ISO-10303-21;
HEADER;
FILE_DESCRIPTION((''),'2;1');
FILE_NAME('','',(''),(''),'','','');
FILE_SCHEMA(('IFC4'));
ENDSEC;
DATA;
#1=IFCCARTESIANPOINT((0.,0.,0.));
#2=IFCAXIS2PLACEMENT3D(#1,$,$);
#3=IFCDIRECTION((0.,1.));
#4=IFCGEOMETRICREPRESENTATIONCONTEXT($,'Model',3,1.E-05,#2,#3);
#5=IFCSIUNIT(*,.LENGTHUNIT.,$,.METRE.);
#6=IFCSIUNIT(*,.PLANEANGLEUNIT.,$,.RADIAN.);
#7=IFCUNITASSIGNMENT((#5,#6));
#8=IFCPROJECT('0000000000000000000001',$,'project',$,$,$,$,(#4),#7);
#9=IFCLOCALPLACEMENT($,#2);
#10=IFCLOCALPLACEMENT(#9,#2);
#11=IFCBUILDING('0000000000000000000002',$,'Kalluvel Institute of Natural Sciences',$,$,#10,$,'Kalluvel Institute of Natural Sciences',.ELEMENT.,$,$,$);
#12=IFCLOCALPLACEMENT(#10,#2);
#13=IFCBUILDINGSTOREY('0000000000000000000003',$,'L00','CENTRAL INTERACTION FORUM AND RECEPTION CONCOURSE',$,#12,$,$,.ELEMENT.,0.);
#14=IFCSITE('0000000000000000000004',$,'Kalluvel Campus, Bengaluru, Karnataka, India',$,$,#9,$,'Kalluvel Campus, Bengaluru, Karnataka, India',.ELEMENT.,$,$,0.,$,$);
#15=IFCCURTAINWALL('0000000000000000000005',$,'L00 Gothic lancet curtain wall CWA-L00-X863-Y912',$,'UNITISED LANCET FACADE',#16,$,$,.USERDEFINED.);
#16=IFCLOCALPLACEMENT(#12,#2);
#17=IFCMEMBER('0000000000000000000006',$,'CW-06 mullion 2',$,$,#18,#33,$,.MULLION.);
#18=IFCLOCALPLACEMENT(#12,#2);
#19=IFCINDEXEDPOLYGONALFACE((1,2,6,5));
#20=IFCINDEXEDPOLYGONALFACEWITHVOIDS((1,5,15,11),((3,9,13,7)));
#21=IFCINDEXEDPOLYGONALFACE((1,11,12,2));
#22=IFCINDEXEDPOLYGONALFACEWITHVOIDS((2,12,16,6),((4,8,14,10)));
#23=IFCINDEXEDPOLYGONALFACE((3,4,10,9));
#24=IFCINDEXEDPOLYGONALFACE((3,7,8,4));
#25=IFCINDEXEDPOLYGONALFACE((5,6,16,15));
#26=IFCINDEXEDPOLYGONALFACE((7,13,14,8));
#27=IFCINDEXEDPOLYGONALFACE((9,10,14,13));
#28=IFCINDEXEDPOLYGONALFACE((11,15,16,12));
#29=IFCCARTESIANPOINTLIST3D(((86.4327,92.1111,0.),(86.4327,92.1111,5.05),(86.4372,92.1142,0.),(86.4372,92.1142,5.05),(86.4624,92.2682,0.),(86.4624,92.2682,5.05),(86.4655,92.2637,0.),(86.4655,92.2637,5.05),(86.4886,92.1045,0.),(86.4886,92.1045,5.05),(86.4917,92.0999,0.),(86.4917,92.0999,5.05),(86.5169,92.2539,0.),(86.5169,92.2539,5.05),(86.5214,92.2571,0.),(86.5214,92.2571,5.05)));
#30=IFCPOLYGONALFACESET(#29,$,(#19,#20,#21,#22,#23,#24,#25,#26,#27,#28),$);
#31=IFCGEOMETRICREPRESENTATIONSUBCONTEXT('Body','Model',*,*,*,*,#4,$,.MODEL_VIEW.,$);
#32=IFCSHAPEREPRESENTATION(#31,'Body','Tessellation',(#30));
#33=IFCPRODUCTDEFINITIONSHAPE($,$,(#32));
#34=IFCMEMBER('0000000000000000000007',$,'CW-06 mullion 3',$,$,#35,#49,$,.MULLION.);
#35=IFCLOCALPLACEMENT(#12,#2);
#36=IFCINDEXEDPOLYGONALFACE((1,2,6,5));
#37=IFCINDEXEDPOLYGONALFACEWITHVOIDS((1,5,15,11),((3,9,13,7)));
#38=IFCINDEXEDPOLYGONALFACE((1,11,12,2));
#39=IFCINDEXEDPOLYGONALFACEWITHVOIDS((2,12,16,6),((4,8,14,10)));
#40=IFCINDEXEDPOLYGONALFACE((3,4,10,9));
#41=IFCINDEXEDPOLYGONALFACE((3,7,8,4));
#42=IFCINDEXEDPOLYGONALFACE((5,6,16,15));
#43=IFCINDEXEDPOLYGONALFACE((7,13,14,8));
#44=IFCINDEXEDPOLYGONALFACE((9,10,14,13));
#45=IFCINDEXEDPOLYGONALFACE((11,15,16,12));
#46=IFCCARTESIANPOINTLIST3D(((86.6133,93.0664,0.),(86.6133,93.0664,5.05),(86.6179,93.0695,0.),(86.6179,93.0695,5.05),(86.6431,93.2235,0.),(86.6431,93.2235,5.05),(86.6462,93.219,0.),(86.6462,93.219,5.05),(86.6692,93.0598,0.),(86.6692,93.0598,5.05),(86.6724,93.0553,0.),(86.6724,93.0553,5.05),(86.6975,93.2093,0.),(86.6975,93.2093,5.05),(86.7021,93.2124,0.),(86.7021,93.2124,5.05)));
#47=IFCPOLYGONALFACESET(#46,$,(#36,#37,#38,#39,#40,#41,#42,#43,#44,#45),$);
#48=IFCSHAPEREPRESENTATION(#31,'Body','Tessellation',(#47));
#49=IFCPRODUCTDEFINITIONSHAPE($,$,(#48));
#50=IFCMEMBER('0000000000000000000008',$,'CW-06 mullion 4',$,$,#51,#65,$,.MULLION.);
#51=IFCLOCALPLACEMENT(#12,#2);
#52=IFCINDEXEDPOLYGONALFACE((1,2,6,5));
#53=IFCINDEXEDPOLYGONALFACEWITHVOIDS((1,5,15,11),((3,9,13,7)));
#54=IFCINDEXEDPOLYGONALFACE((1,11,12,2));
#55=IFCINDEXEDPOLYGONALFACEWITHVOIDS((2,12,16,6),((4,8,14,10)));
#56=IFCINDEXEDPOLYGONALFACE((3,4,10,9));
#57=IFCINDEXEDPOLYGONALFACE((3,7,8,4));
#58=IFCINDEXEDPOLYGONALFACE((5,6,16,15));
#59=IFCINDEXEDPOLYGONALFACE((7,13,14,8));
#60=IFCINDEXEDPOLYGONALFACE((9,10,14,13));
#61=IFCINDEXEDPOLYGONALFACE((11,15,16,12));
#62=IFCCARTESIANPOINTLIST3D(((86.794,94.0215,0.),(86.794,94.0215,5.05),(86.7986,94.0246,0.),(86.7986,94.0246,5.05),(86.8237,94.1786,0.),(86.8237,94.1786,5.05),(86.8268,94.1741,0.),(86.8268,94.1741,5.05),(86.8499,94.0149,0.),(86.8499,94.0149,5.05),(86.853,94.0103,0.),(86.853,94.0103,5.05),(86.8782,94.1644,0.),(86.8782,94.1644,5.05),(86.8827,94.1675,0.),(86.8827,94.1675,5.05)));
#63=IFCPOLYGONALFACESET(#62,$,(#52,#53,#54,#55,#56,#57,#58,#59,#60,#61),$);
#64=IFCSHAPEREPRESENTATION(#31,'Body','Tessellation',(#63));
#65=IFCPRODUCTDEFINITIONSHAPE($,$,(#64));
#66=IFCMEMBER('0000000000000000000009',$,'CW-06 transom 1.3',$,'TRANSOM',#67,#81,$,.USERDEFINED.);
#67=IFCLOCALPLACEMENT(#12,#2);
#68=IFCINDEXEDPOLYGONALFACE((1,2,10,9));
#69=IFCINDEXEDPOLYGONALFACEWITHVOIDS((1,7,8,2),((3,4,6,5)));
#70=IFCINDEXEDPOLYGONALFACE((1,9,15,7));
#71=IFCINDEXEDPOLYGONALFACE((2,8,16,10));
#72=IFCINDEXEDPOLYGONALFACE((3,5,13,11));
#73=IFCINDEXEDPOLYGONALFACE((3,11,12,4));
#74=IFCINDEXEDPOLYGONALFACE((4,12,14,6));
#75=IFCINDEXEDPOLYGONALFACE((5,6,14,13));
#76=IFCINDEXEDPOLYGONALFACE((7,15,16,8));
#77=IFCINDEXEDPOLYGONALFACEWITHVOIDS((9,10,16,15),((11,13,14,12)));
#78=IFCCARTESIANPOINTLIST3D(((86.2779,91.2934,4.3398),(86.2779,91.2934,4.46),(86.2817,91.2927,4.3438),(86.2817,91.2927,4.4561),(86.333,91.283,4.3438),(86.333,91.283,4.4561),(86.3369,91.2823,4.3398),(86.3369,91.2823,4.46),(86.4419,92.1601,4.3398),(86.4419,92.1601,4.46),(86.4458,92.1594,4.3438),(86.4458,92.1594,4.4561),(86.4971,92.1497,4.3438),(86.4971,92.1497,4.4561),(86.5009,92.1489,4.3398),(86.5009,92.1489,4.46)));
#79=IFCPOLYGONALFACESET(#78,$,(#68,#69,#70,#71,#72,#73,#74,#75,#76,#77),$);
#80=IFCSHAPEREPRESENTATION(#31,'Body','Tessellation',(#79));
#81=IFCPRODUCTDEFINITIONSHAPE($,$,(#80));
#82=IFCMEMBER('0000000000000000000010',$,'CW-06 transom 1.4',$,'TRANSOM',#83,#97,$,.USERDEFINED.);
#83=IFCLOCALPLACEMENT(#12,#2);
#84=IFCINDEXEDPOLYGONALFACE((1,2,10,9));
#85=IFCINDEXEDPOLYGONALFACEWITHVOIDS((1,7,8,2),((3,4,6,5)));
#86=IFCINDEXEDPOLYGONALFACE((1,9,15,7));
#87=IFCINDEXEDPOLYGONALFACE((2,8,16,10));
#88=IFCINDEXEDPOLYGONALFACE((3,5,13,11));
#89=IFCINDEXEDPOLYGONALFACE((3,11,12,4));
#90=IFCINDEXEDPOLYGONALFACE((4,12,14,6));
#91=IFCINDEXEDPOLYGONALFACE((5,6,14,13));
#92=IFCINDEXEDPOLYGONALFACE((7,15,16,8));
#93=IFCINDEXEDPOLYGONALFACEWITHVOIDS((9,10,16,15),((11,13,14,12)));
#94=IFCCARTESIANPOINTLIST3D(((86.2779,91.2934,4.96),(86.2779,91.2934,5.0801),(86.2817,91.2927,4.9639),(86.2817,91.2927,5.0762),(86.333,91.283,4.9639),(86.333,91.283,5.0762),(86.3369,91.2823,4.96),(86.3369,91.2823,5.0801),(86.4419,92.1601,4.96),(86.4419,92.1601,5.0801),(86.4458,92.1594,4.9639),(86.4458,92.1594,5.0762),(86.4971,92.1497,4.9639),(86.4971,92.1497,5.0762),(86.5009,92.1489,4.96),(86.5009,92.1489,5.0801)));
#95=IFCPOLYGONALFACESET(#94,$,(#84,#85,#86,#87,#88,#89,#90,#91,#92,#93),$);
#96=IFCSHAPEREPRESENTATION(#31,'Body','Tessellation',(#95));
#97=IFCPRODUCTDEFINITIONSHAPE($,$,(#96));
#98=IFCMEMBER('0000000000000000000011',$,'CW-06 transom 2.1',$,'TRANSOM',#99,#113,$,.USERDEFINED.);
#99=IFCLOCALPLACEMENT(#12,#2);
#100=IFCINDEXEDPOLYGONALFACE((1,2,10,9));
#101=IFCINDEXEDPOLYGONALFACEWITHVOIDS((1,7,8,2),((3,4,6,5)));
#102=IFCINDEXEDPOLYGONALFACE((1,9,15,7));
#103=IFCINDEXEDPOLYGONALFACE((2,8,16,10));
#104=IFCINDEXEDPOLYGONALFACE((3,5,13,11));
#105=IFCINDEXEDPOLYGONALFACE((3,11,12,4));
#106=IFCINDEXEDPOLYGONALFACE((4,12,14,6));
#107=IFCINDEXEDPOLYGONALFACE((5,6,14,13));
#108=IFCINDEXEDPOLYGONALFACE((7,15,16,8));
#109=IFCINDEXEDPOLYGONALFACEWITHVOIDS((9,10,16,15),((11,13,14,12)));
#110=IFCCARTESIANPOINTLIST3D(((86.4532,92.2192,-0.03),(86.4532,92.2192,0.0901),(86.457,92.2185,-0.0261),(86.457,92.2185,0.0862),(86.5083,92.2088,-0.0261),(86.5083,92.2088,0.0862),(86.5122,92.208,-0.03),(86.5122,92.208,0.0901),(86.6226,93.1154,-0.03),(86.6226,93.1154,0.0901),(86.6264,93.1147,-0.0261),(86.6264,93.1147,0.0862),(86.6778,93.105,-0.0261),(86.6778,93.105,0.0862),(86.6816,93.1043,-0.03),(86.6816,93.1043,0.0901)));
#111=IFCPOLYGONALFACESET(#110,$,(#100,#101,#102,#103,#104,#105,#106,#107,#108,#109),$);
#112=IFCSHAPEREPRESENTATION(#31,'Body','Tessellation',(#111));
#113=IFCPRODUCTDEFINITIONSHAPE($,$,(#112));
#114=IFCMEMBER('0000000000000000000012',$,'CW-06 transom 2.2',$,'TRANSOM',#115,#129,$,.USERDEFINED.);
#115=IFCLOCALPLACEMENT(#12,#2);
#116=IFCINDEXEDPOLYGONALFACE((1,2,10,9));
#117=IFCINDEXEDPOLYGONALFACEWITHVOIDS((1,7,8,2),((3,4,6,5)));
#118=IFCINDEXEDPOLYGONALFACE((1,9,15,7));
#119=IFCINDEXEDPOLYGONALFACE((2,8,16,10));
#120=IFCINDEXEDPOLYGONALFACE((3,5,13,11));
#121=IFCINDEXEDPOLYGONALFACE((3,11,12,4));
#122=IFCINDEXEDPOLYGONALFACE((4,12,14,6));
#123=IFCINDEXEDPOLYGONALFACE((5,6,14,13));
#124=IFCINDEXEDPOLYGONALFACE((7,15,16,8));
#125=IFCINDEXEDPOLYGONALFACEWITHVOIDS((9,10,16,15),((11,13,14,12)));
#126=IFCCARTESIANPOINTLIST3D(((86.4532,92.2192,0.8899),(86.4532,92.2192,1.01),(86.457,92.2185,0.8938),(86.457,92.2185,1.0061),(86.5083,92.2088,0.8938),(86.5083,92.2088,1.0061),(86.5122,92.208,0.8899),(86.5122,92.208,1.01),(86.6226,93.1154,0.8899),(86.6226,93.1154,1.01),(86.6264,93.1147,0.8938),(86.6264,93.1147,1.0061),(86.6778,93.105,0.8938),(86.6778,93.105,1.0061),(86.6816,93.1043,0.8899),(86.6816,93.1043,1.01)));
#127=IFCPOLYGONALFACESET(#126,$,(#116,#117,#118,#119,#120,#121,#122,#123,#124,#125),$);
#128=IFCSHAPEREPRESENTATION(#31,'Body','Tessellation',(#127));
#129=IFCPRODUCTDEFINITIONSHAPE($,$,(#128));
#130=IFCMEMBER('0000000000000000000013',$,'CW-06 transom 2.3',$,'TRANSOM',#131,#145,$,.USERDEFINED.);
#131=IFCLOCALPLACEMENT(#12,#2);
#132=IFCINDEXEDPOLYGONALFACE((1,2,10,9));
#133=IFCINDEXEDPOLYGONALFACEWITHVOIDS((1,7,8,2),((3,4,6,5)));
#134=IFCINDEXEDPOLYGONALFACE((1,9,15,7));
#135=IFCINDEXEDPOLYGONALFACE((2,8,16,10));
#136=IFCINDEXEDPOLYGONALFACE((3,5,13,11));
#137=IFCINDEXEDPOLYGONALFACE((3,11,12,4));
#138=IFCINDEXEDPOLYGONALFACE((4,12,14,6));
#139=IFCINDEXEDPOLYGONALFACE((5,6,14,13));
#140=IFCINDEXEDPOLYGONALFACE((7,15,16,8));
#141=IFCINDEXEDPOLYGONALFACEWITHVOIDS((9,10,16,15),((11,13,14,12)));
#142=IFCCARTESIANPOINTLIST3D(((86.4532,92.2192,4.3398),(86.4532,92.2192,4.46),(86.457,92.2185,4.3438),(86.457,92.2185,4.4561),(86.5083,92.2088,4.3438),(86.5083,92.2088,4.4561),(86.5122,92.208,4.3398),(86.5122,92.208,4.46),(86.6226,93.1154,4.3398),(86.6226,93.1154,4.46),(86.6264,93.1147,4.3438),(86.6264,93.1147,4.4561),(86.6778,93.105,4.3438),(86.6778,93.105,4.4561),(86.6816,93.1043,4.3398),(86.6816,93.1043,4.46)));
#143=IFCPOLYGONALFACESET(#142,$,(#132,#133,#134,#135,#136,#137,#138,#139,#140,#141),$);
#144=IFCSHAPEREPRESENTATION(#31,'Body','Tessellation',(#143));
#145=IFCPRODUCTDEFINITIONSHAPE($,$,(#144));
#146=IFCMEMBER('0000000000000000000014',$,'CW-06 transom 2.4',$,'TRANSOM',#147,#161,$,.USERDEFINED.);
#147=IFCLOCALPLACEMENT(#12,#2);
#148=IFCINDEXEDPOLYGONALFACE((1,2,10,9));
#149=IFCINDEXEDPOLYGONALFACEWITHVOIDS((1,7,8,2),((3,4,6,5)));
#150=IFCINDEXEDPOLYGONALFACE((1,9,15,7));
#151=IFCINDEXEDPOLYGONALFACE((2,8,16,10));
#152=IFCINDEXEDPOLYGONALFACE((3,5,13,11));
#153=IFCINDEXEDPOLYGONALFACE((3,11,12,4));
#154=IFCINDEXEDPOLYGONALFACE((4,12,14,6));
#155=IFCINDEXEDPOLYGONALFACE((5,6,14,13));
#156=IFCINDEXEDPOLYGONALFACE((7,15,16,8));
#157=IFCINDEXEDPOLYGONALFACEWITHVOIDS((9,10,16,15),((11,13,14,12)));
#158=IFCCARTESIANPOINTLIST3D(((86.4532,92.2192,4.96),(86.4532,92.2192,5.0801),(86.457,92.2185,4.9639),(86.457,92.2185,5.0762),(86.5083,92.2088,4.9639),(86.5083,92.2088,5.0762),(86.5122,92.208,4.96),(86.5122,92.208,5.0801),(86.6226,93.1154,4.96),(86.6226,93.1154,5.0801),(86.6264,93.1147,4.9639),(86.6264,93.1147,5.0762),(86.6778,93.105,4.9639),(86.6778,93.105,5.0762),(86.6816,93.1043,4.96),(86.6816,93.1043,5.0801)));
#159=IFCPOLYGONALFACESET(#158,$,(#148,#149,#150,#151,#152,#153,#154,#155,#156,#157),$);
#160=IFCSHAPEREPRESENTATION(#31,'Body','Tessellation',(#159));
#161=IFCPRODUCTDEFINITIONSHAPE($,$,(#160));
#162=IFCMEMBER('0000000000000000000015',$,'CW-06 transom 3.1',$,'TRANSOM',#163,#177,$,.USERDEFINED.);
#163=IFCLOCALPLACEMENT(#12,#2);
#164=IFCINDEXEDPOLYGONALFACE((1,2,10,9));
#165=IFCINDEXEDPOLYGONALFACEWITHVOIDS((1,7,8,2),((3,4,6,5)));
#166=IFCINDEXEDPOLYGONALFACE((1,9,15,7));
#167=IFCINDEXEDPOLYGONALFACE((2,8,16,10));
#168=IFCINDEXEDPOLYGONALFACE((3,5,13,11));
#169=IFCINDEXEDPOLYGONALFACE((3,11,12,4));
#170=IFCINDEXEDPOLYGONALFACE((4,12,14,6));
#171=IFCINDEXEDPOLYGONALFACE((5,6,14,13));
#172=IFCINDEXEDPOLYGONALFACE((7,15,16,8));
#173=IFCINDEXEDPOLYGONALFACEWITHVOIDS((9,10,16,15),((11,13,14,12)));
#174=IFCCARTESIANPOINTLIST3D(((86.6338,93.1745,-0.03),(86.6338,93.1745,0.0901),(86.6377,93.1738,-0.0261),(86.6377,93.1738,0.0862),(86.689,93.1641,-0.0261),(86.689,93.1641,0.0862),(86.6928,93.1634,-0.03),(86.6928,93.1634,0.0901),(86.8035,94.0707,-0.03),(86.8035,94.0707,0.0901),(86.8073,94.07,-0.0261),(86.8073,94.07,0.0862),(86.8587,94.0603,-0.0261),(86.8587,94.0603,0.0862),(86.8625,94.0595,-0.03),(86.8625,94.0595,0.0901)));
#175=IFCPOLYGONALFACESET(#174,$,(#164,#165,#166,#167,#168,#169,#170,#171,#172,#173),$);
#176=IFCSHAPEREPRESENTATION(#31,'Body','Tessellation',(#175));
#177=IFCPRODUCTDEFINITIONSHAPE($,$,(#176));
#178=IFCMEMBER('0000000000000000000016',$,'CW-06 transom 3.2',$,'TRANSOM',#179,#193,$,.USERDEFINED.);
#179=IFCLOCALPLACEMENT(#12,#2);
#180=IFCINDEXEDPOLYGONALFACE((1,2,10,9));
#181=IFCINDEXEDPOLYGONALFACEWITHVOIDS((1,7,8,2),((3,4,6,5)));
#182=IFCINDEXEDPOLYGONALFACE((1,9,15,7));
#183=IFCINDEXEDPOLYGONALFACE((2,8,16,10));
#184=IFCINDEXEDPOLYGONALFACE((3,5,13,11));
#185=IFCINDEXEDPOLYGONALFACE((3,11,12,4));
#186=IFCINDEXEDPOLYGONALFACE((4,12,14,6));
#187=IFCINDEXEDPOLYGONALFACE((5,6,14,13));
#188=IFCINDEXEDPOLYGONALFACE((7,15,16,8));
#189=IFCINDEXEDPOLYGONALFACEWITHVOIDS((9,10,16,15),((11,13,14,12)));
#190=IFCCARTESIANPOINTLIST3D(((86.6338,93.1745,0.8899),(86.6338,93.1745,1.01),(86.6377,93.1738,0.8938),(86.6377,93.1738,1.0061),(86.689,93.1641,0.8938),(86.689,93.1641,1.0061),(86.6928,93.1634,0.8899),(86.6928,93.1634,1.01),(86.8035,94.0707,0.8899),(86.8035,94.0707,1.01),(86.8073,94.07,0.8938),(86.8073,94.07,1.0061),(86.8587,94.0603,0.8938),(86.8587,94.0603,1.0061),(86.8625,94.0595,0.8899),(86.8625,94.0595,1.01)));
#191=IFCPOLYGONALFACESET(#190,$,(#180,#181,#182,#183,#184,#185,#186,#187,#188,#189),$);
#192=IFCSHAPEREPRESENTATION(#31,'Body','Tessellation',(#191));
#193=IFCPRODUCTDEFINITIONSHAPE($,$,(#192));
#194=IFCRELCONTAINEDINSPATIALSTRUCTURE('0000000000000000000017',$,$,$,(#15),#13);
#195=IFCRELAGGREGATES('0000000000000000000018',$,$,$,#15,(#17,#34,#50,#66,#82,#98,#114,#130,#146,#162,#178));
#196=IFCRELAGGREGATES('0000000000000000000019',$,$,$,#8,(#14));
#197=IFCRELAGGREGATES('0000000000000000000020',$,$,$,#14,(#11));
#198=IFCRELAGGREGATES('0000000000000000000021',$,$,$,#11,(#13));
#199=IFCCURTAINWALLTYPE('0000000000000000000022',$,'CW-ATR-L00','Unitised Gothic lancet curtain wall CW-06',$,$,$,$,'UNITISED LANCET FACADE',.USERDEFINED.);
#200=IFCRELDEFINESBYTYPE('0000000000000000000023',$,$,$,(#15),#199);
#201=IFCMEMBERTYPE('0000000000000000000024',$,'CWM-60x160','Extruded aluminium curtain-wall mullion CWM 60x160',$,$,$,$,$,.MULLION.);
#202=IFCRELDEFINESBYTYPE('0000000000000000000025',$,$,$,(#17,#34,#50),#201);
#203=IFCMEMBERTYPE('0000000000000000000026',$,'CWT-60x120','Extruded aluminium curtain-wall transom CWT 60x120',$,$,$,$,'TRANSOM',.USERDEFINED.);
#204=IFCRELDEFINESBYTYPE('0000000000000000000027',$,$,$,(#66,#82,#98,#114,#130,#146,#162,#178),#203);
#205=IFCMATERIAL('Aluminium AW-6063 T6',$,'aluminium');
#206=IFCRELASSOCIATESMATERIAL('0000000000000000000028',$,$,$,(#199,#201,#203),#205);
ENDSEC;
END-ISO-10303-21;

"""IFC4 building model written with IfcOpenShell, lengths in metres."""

from ifc_helpers import new_model, si_unit, direction, frame, origin, origin_2d, place, context, subcontext, project, spatial, hollow_rectangle, extrude, material, material_profile, profile_set, type_object, element, aggregate, save


model = new_model("IFC4")

# Units and contexts
model_context = context("Model", 3, precision=1e-05, world=origin(), true_north=direction((0.0, 1.0)))
body_context = subcontext(model_context, "Body", "Model", "MODEL_VIEW")
ifc_project = project(units=[si_unit("LENGTHUNIT", "METRE"), si_unit("PLANEANGLEUNIT", "RADIAN")], contexts=[model_context])

# Site, building, storey
site_placement = place(None, origin())
site = spatial("IfcSite", under=ifc_project, at=site_placement, Name="Kalluvel Campus, Bengaluru, Karnataka, India", LongName="Kalluvel Campus, Bengaluru, Karnataka, India", CompositionType="ELEMENT", RefElevation=0.0)
building_placement = place(site_placement, origin())
building = spatial("IfcBuilding", under=site, at=building_placement, Name="Kalluvel Institute of Natural Sciences", LongName="Kalluvel Institute of Natural Sciences", CompositionType="ELEMENT")
storey_placement = place(building_placement, origin())
storey = spatial("IfcBuildingStorey", under=building, at=storey_placement, Name="L00", Description="CENTRAL INTERACTION FORUM AND RECEPTION CONCOURSE", CompositionType="ELEMENT", Elevation=0.0)

# Curtain wall, members
ifc_material_1 = material(Name="Aluminium AW-6063 T6", Category="aluminium")
curtain_wall_type = type_object("IfcCurtainWallType", Name="CW-ATR-L00", Description="Unitised Gothic lancet curtain wall CW-06", ElementType="UNITISED LANCET FACADE", PredefinedType="USERDEFINED", material=ifc_material_1)
curtain_wall_placement = place(storey_placement, origin())
curtain_wall = element("IfcCurtainWall", 1, at=curtain_wall_placement, inside=storey, type_object=curtain_wall_type, Name="L00 Gothic lancet curtain wall CWA-L00-X863-Y912", ObjectType="UNITISED LANCET FACADE", PredefinedType="USERDEFINED")
ifc_material_profile_1 = material_profile(ifc_material_1, hollow_rectangle(XDim=0.0601, YDim=0.1599, WallThickness=0.0039, at=origin_2d()), Name="CWM 60x160")
ifc_profile_set_1 = profile_set([ifc_material_profile_1], Name="Aluminium AW-6063 T6")
member_type_1 = type_object("IfcMemberType", Name="CWM-60x160", Description="Extruded aluminium curtain-wall mullion CWM 60x160", PredefinedType="MULLION", material=ifc_profile_set_1)
member_1_placement = place(storey_placement, frame((86.4771, 92.1841, 0.0), z_axis=(0.0, 0.0, 1.0), x_axis=(-0.982569, 0.185898, 0.0)))
member_1 = element("IfcMember", 2, at=member_1_placement, type_object=member_type_1, Name="CW-06 mullion 2", PredefinedType="MULLION", context=body_context, shape_type="SweptSolid", body=[
    extrude(hollow_rectangle(XDim=0.0601, YDim=0.1599, WallThickness=0.0039, at=origin_2d()), origin(), (0.0, 0.0, 1.0), 5.05),
])
member_2_placement = place(storey_placement, frame((86.6577, 93.1394, 0.0), z_axis=(0.0, 0.0, 1.0), x_axis=(-0.982569, 0.185898, 0.0)))
member_2 = element("IfcMember", 3, at=member_2_placement, type_object=member_type_1, Name="CW-06 mullion 3", PredefinedType="MULLION", context=body_context, shape_type="SweptSolid", body=[
    extrude(hollow_rectangle(XDim=0.0601, YDim=0.1599, WallThickness=0.0039, at=origin_2d()), origin(), (0.0, 0.0, 1.0), 5.05),
])
member_3_placement = place(storey_placement, frame((86.8384, 94.0945, 0.0), z_axis=(0.0, 0.0, 1.0), x_axis=(-0.982569, 0.185898, 0.0)))
member_3 = element("IfcMember", 4, at=member_3_placement, type_object=member_type_1, Name="CW-06 mullion 4", PredefinedType="MULLION", context=body_context, shape_type="SweptSolid", body=[
    extrude(hollow_rectangle(XDim=0.0601, YDim=0.1599, WallThickness=0.0039, at=origin_2d()), origin(), (0.0, 0.0, 1.0), 5.05),
])
ifc_material_profile_2 = material_profile(ifc_material_1, hollow_rectangle(XDim=0.0601, YDim=0.1201, WallThickness=0.0039, at=origin_2d()), Name="CWT 60x120")
ifc_profile_set_2 = profile_set([ifc_material_profile_2], Name="Aluminium AW-6063 T6")
member_type_2 = type_object("IfcMemberType", Name="CWT-60x120", Description="Extruded aluminium curtain-wall transom CWT 60x120", ElementType="TRANSOM", PredefinedType="USERDEFINED", material=ifc_profile_set_2)
member_4_placement = place(storey_placement, frame((86.3074, 91.2878, 4.3999), z_axis=(0.185993, 0.982551, 0.0), x_axis=(-0.982551, 0.185993, 0.0)))
member_4 = element("IfcMember", 5, at=member_4_placement, type_object=member_type_2, Name="CW-06 transom 1.3", ObjectType="TRANSOM", PredefinedType="USERDEFINED", context=body_context, shape_type="SweptSolid", body=[
    extrude(hollow_rectangle(XDim=0.0601, YDim=0.1201, WallThickness=0.0039, at=origin_2d()), origin(), (0.0, 0.0, 1.0), 0.8821),
])
member_5_placement = place(storey_placement, frame((86.3074, 91.2878, 5.02), z_axis=(0.185993, 0.982551, 0.0), x_axis=(-0.982551, 0.185993, 0.0)))
member_5 = element("IfcMember", 6, at=member_5_placement, type_object=member_type_2, Name="CW-06 transom 1.4", ObjectType="TRANSOM", PredefinedType="USERDEFINED", context=body_context, shape_type="SweptSolid", body=[
    extrude(hollow_rectangle(XDim=0.0601, YDim=0.1201, WallThickness=0.0039, at=origin_2d()), origin(), (0.0, 0.0, 1.0), 0.8821),
])
member_6_placement = place(storey_placement, frame((86.4827, 92.2136, 0.03), z_axis=(0.185759, 0.982595, 0.0), x_axis=(-0.982595, 0.185759, 0.0)))
member_6 = element("IfcMember", 7, at=member_6_placement, type_object=member_type_2, Name="CW-06 transom 2.1", ObjectType="TRANSOM", PredefinedType="USERDEFINED", context=body_context, shape_type="SweptSolid", body=[
    extrude(hollow_rectangle(XDim=0.0601, YDim=0.1201, WallThickness=0.0039, at=origin_2d()), origin(), (0.0, 0.0, 1.0), 0.9121),
])
member_7_placement = place(storey_placement, frame((86.4827, 92.2136, 0.95), z_axis=(0.185759, 0.982595, 0.0), x_axis=(-0.982595, 0.185759, 0.0)))
member_7 = element("IfcMember", 8, at=member_7_placement, type_object=member_type_2, Name="CW-06 transom 2.2", ObjectType="TRANSOM", PredefinedType="USERDEFINED", context=body_context, shape_type="SweptSolid", body=[
    extrude(hollow_rectangle(XDim=0.0601, YDim=0.1201, WallThickness=0.0039, at=origin_2d()), origin(), (0.0, 0.0, 1.0), 0.9121),
])
member_8_placement = place(storey_placement, frame((86.4827, 92.2136, 4.3999), z_axis=(0.185759, 0.982595, 0.0), x_axis=(-0.982595, 0.185759, 0.0)))
member_8 = element("IfcMember", 9, at=member_8_placement, type_object=member_type_2, Name="CW-06 transom 2.3", ObjectType="TRANSOM", PredefinedType="USERDEFINED", context=body_context, shape_type="SweptSolid", body=[
    extrude(hollow_rectangle(XDim=0.0601, YDim=0.1201, WallThickness=0.0039, at=origin_2d()), origin(), (0.0, 0.0, 1.0), 0.9121),
])
member_9_placement = place(storey_placement, frame((86.4827, 92.2136, 5.02), z_axis=(0.185759, 0.982595, 0.0), x_axis=(-0.982595, 0.185759, 0.0)))
member_9 = element("IfcMember", 10, at=member_9_placement, type_object=member_type_2, Name="CW-06 transom 2.4", ObjectType="TRANSOM", PredefinedType="USERDEFINED", context=body_context, shape_type="SweptSolid", body=[
    extrude(hollow_rectangle(XDim=0.0601, YDim=0.1201, WallThickness=0.0039, at=origin_2d()), origin(), (0.0, 0.0, 1.0), 0.9121),
])
member_10_placement = place(storey_placement, frame((86.6633, 93.1689, 0.03), z_axis=(0.186017, 0.982546, 0.0), x_axis=(-0.982546, 0.186017, 0.0)))
member_10 = element("IfcMember", 11, at=member_10_placement, type_object=member_type_2, Name="CW-06 transom 3.1", ObjectType="TRANSOM", PredefinedType="USERDEFINED", context=body_context, shape_type="SweptSolid", body=[
    extrude(hollow_rectangle(XDim=0.0601, YDim=0.1201, WallThickness=0.0039, at=origin_2d()), origin(), (0.0, 0.0, 1.0), 0.9121),
])
member_11_placement = place(storey_placement, frame((86.6633, 93.1689, 0.95), z_axis=(0.186017, 0.982546, 0.0), x_axis=(-0.982546, 0.186017, 0.0)))
member_11 = element("IfcMember", 12, at=member_11_placement, type_object=member_type_2, Name="CW-06 transom 3.2", ObjectType="TRANSOM", PredefinedType="USERDEFINED", context=body_context, shape_type="SweptSolid", body=[
    extrude(hollow_rectangle(XDim=0.0601, YDim=0.1201, WallThickness=0.0039, at=origin_2d()), origin(), (0.0, 0.0, 1.0), 0.9121),
])
aggregate(curtain_wall, [member_1, member_2, member_3, member_4, member_5, member_6, member_7, member_8, member_9, member_10, member_11])

save(model, "model.ifc")
